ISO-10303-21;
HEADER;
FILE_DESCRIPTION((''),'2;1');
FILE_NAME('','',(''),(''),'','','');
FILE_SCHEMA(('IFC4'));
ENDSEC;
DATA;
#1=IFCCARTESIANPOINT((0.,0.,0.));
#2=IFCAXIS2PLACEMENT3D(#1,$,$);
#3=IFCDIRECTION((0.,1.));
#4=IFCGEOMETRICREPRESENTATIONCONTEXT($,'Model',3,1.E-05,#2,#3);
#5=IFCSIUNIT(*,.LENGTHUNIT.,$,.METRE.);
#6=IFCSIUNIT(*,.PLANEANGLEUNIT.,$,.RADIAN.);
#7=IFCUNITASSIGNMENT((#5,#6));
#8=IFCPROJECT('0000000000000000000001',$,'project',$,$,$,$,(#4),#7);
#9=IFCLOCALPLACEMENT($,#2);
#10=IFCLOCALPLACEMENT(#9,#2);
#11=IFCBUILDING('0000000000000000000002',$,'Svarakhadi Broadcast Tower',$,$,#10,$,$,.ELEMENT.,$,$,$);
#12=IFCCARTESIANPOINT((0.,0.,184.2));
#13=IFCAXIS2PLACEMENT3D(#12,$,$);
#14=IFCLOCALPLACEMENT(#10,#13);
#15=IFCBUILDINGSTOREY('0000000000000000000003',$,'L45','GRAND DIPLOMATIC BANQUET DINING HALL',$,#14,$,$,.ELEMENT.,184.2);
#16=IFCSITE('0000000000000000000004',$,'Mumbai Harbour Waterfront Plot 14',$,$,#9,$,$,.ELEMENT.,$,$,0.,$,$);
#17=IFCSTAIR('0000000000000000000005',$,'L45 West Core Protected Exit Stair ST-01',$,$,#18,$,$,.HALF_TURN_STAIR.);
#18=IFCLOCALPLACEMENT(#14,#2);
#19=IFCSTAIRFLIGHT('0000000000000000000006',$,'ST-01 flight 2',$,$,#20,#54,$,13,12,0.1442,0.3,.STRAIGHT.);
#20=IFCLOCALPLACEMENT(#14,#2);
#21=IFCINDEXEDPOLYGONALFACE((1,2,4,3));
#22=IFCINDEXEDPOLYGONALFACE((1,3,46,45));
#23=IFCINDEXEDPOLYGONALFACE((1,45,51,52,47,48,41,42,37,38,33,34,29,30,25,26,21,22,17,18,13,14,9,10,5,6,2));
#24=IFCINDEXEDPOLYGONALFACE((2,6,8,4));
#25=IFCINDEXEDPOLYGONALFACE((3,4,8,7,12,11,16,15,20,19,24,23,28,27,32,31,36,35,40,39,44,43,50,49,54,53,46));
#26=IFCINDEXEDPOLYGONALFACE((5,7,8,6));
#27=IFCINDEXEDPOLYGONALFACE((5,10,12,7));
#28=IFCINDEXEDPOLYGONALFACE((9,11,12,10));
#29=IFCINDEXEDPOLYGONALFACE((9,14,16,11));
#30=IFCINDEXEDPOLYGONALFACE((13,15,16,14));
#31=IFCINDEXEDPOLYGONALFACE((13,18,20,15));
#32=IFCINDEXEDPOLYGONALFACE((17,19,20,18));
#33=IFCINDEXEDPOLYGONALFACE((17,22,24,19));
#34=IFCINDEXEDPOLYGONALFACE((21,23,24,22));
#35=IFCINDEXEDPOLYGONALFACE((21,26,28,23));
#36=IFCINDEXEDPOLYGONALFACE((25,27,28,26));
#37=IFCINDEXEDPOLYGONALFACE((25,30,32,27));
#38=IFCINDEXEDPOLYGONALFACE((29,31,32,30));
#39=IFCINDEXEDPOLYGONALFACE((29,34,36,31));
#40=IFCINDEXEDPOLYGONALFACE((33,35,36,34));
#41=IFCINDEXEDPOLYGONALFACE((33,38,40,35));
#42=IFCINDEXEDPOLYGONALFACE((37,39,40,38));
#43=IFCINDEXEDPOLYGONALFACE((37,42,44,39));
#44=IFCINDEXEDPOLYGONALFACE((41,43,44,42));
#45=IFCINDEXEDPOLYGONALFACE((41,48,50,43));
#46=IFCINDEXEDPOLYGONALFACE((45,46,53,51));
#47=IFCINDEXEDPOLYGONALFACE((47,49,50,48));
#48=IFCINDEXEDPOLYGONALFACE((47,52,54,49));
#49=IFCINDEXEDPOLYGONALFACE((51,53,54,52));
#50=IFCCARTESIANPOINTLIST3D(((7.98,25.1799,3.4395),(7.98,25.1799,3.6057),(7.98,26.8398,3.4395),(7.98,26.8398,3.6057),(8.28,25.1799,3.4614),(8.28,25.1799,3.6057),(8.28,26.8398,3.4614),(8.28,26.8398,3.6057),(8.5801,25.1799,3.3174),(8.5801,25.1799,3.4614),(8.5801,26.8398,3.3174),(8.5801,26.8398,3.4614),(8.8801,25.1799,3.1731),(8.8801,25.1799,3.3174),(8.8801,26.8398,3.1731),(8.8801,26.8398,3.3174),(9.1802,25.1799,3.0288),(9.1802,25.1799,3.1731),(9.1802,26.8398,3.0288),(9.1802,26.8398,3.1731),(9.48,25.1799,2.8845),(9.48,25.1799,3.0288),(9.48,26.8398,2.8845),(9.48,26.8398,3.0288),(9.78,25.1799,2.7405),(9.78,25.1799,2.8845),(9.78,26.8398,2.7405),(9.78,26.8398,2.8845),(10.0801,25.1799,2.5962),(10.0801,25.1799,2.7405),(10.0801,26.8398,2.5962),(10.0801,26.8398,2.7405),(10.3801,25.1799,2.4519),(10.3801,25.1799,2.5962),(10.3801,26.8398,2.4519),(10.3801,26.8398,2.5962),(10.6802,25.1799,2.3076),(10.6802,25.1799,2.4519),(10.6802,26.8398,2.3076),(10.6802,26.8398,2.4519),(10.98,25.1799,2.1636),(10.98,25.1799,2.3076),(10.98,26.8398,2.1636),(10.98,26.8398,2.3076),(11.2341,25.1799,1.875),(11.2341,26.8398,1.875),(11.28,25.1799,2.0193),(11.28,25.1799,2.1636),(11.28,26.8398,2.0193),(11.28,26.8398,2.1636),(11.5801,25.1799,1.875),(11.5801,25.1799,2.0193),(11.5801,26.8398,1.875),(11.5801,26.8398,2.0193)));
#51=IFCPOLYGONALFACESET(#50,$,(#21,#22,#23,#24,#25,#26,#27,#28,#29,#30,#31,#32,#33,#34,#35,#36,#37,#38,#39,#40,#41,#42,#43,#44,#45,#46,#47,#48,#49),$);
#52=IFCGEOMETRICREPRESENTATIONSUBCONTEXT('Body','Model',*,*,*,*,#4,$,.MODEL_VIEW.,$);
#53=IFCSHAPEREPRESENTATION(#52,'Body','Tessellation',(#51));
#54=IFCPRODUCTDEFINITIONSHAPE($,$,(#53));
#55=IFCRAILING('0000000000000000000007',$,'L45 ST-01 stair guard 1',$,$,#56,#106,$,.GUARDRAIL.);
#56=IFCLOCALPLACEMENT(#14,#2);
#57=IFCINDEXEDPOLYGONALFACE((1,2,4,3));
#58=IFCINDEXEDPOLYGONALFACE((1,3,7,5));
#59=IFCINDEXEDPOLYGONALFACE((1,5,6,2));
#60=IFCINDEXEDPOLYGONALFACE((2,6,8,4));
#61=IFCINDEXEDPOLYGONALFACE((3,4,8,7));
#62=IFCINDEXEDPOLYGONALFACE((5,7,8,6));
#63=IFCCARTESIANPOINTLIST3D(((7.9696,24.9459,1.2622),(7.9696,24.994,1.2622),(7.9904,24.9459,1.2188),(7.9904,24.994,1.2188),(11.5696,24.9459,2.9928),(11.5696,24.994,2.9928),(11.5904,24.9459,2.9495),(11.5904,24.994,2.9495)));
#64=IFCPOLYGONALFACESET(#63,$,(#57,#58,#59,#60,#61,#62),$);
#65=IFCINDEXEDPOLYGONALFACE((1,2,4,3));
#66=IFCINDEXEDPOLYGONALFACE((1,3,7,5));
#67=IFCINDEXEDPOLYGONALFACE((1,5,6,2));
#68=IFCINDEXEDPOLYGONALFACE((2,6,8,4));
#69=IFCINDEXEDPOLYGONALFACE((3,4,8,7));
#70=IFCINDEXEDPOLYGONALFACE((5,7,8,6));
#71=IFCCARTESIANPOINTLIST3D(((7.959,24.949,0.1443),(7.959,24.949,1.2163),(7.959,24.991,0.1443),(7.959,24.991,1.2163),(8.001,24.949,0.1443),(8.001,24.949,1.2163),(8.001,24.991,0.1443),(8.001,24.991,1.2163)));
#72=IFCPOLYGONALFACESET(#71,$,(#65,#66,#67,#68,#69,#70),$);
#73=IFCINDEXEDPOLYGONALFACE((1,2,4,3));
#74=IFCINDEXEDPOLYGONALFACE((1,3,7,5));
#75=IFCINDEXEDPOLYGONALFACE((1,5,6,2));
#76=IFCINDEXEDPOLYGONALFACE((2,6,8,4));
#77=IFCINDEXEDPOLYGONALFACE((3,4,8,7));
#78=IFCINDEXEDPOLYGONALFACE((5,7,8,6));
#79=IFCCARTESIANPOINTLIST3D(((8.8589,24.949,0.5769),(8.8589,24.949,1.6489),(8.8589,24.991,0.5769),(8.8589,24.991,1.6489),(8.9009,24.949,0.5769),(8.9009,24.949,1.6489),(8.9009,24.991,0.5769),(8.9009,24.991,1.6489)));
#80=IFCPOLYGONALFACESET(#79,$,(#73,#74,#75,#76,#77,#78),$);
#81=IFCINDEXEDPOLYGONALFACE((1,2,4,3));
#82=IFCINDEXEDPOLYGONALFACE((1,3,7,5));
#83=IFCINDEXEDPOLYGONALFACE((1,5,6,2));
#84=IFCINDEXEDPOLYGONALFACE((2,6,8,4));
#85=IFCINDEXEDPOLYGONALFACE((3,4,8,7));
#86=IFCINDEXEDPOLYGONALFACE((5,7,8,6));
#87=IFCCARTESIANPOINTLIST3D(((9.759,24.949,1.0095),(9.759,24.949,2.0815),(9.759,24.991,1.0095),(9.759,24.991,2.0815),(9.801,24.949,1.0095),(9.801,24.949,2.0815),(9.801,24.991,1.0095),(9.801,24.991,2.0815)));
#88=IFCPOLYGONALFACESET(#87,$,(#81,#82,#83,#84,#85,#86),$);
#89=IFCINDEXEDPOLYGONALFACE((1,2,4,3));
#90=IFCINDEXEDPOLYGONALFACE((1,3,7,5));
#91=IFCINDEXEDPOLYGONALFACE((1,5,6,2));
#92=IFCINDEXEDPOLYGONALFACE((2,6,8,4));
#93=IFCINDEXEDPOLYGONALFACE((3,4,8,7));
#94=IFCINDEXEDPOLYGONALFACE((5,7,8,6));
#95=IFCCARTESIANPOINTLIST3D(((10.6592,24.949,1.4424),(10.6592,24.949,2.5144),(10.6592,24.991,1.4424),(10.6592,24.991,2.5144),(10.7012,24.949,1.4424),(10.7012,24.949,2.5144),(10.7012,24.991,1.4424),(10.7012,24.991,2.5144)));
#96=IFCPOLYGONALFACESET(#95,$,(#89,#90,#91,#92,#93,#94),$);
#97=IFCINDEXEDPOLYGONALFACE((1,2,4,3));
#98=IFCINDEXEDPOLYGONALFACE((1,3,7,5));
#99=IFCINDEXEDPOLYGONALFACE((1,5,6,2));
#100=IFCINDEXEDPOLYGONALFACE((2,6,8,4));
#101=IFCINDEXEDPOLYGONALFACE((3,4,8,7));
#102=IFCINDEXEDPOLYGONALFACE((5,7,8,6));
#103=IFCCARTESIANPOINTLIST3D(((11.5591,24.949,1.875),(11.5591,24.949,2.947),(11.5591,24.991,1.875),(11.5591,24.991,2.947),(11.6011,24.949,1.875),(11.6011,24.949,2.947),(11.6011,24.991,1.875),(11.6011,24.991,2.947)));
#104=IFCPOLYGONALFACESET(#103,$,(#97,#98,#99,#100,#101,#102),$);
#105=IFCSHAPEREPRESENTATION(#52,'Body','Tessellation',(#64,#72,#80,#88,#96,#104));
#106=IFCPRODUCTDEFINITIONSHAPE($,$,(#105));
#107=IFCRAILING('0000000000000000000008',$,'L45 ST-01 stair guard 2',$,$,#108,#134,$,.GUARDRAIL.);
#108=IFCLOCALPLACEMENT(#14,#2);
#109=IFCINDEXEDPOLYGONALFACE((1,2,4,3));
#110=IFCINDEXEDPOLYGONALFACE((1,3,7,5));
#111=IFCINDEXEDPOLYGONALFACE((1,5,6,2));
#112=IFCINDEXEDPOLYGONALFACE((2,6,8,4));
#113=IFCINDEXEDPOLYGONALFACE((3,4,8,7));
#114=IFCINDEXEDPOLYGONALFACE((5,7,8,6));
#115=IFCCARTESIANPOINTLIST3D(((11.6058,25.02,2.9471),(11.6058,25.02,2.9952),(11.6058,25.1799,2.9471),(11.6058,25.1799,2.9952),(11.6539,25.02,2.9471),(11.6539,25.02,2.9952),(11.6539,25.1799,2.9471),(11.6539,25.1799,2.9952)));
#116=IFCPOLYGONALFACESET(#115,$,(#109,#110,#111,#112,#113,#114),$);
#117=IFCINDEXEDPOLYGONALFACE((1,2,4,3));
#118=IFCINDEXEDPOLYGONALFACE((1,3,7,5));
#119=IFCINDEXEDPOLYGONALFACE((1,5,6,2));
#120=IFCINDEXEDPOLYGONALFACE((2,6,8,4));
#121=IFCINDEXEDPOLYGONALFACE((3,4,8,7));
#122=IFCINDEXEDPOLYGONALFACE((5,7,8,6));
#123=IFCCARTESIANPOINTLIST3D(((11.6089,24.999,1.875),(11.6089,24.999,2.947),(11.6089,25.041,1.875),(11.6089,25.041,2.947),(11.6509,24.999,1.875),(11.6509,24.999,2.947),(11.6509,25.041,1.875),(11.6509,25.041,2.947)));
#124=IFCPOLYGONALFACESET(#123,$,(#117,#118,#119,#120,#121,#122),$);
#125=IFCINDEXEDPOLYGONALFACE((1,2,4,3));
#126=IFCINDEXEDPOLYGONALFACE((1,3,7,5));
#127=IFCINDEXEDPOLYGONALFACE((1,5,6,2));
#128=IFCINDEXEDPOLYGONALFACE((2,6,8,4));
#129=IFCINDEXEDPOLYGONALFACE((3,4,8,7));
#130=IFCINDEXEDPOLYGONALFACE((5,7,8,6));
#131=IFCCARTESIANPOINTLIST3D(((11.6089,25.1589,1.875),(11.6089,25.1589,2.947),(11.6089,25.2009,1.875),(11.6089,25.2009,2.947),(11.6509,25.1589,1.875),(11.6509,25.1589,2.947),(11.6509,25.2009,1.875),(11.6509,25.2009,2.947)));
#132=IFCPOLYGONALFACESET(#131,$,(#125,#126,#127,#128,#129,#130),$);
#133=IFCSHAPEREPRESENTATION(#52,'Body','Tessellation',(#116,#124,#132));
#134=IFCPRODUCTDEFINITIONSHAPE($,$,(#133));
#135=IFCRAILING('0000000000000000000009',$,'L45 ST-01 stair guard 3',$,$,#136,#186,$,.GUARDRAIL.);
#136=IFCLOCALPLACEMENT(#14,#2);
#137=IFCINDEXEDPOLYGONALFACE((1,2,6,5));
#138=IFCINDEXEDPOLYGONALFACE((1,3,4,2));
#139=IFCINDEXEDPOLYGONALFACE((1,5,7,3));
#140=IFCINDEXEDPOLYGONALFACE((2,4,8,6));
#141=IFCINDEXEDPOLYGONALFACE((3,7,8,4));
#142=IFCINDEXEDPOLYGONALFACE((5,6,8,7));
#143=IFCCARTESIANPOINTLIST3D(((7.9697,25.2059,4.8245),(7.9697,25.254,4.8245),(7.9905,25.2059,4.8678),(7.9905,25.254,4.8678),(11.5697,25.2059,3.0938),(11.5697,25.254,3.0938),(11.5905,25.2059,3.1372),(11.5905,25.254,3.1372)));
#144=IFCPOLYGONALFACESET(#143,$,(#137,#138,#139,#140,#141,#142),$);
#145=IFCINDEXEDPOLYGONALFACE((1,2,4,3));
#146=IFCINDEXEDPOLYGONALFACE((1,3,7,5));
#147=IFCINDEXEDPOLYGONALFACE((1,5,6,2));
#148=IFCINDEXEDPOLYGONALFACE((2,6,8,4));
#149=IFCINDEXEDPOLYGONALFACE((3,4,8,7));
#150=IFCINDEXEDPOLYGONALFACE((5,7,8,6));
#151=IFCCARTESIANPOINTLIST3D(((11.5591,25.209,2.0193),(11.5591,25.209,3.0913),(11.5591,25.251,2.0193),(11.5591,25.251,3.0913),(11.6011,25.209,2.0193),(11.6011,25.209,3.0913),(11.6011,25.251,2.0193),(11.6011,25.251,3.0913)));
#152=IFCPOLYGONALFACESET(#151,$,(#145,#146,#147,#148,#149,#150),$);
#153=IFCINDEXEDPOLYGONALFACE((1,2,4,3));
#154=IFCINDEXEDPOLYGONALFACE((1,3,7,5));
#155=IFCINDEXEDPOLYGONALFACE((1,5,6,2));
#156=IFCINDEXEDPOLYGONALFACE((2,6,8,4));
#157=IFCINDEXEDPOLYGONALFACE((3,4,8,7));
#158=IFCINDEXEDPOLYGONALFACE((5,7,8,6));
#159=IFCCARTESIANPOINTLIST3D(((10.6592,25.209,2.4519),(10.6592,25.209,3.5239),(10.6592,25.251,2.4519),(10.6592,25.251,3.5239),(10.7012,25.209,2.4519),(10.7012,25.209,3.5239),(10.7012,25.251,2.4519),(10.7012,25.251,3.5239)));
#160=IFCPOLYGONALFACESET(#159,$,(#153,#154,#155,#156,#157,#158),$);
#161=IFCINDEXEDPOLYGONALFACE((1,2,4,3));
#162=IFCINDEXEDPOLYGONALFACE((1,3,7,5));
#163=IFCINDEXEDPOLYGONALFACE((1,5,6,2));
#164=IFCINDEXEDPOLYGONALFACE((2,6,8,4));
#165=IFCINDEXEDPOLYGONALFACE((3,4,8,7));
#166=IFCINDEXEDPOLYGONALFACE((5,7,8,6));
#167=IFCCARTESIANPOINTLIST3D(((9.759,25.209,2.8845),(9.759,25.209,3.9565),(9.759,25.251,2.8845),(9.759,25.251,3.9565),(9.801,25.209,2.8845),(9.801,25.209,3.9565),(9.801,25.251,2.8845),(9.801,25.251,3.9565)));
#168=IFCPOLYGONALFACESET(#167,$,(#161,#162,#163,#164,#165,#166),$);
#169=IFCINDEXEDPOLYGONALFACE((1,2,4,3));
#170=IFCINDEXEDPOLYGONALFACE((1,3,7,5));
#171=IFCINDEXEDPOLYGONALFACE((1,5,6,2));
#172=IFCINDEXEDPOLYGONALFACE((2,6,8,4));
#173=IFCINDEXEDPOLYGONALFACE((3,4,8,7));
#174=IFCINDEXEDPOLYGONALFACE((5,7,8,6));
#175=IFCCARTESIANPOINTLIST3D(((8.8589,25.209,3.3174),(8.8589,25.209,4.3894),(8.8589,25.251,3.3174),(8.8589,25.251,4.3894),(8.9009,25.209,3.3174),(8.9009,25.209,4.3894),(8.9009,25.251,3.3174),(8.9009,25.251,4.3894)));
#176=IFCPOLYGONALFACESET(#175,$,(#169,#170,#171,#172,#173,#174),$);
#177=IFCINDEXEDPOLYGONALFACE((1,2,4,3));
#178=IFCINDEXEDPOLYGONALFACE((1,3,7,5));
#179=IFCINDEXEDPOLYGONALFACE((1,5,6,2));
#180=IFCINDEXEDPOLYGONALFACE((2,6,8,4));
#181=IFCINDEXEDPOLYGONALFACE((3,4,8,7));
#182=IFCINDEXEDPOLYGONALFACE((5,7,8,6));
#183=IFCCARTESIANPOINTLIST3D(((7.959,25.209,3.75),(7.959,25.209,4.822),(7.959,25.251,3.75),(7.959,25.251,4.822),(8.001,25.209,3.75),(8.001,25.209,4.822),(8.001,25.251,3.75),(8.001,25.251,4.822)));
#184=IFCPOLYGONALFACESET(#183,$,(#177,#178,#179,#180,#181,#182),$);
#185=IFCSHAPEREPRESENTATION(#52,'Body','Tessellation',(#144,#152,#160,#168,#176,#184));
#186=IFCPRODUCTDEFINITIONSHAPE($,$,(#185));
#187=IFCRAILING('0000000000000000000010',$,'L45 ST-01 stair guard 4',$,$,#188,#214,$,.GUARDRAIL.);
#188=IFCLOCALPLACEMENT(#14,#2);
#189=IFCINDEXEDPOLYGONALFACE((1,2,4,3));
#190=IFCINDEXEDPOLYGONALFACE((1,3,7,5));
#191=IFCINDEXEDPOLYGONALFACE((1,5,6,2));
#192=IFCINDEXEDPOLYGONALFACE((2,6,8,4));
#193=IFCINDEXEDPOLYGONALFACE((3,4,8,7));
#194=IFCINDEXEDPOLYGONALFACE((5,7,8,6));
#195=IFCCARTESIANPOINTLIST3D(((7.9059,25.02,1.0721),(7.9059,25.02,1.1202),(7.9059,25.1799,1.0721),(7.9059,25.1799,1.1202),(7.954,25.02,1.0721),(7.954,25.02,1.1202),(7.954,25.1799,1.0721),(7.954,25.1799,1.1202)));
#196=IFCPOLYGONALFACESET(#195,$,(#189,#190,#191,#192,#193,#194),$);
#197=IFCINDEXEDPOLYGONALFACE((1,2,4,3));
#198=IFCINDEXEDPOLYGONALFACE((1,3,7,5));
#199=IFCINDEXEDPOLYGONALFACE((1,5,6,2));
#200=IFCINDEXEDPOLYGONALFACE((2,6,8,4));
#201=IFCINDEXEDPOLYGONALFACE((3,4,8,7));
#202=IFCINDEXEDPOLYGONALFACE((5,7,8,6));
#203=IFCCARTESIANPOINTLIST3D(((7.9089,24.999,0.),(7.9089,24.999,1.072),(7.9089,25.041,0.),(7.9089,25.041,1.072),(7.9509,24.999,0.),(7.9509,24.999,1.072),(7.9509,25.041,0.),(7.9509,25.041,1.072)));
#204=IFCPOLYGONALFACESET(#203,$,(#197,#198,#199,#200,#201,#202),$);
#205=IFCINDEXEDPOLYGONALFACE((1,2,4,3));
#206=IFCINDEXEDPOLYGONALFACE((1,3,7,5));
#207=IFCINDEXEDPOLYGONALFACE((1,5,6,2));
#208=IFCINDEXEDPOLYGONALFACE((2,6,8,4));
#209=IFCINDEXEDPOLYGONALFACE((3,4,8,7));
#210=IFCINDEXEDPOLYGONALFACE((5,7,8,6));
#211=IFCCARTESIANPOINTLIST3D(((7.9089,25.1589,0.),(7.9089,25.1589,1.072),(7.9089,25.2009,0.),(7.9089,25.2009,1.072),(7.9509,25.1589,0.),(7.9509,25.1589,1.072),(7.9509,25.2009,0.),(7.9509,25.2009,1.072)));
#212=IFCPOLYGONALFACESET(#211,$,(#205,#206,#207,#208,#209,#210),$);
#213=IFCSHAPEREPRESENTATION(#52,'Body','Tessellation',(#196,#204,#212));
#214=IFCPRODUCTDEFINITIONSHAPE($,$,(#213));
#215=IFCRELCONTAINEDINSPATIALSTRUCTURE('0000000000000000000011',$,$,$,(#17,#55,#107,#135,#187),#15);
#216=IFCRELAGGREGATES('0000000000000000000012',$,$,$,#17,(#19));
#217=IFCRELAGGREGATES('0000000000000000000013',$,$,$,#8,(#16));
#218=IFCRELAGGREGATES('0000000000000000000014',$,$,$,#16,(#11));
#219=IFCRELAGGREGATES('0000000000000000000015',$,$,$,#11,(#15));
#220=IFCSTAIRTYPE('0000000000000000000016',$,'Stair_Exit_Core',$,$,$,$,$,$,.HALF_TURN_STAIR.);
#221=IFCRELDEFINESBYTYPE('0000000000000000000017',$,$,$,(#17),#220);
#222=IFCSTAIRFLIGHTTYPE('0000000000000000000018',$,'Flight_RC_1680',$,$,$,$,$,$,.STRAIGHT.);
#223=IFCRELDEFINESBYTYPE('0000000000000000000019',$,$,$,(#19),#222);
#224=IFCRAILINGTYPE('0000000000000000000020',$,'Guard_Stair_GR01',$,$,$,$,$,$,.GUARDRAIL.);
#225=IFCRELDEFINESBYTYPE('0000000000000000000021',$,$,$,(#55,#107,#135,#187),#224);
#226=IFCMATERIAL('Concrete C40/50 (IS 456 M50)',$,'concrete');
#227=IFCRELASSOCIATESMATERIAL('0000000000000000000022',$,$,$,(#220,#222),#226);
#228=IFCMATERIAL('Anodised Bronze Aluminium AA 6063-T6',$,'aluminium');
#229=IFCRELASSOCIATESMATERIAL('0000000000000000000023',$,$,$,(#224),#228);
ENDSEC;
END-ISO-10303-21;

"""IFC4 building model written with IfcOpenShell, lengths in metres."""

from ifc_helpers import new_model, si_unit, direction, frame, origin, origin_2d, place, context, subcontext, project, spatial, polyline, rectangle, outline, extrude, material, type_object, element, aggregate, save


model = new_model("IFC4")

# Units and contexts
model_context = context("Model", 3, precision=1e-05, world=origin(), true_north=direction((0.0, 1.0)))
body_context = subcontext(model_context, "Body", "Model", "MODEL_VIEW")
ifc_project = project(units=[si_unit("LENGTHUNIT", "METRE"), si_unit("PLANEANGLEUNIT", "RADIAN")], contexts=[model_context])

# Site, building, storey
site_placement = place(None, origin())
site = spatial("IfcSite", under=ifc_project, at=site_placement, Name="Mumbai Harbour Waterfront Plot 14", CompositionType="ELEMENT", RefElevation=0.0)
building_placement = place(site_placement, origin())
building = spatial("IfcBuilding", under=site, at=building_placement, Name="Svarakhadi Broadcast Tower", CompositionType="ELEMENT")
storey_placement = place(building_placement, frame((0.0, 0.0, 184.2)))
storey = spatial("IfcBuildingStorey", under=building, at=storey_placement, Name="L45", Description="GRAND DIPLOMATIC BANQUET DINING HALL", CompositionType="ELEMENT", Elevation=184.2)

# Shared definitions
ifc_material_1 = material(Name="Concrete C40/50 (IS 456 M50)", Category="concrete")

# Stair, stair flight
stair_type = type_object("IfcStairType", Name="Stair_Exit_Core", PredefinedType="HALF_TURN_STAIR", material=ifc_material_1)
stair_placement = place(storey_placement, origin())
stair = element("IfcStair", 1, at=stair_placement, inside=storey, type_object=stair_type, Name="L45 West Core Protected Exit Stair ST-01", PredefinedType="HALF_TURN_STAIR")
stair_flight_type = type_object("IfcStairFlightType", Name="Flight_RC_1680", PredefinedType="STRAIGHT", material=ifc_material_1)
stair_flight_1_placement = place(storey_placement, frame((11.5801, 26.01, 1.875), z_axis=(0.0, 0.0, 1.0), x_axis=(-1.0, 0.0, 0.0)))
stair_flight_1 = element("IfcStairFlight", 2, at=stair_flight_1_placement, type_object=stair_flight_type, Name="ST-01 flight 2", NumberOfRisers=13, NumberOfTreads=12, PredefinedType="STRAIGHT", RiserHeight=0.1442, TreadLength=0.3, context=body_context, shape_type="SweptSolid", body=[
    extrude(outline(polyline([(0.0, 0.0), (0.0, 0.1443), (0.3, 0.1443), (0.3, 0.2886), (0.6001, 0.2886), (0.6001, 0.4326), (0.8999, 0.4326), (0.8999, 0.5769), (1.2, 0.5769), (1.2, 0.7212), (1.5, 0.7212), (1.5, 0.8655), (1.8, 0.8655), (1.8, 1.0095), (2.1001, 1.0095), (2.1001, 1.1538), (2.3999, 1.1538), (2.3999, 1.2981), (2.7, 1.2981), (2.7, 1.4424), (3.0, 1.4424), (3.0, 1.5864), (3.3, 1.5864), (3.3, 1.7307), (3.6001, 1.7307), (3.6001, 1.875), (3.6001, 1.5645), (0.3459, 0.0), (0.0, 0.0)])), frame((0.0, 0.8301, 0.0), z_axis=(0.0, -1.0, 0.0), x_axis=(1.0, 0.0, 0.0)), (0.0, 0.0, 1.0), 1.6599),
])
aggregate(stair, [stair_flight_1])

# Railings
ifc_material_2 = material(Name="Anodised Bronze Aluminium AA 6063-T6", Category="aluminium")
railing_type_1 = type_object("IfcRailingType", Name="Guard_Stair_GR01", PredefinedType="GUARDRAIL", material=ifc_material_2)
railing_1_placement = place(storey_placement, frame((7.98, 24.97, 0.1443)))
element("IfcRailing", 3, at=railing_1_placement, inside=storey, type_object=railing_type_1, Name="L45 ST-01 stair guard 1", PredefinedType="GUARDRAIL", context=body_context, shape_type="SweptSolid", body=[
    extrude(rectangle(XDim=0.0481, YDim=0.0481, at=origin_2d()), frame((0.0, 0.0, 1.0962), z_axis=(0.901263, 0.0, 0.433273), x_axis=(0.0, 1.0, 0.0)), (0.0, 0.0, 1.0), 3.9944),
    extrude(rectangle(XDim=0.042, YDim=0.042, at=origin_2d()), origin(), (0.0, 0.0, 1.0), 1.072),
    extrude(rectangle(XDim=0.042, YDim=0.042, at=origin_2d()), frame((0.8999, 0.0, 0.4326)), (0.0, 0.0, 1.0), 1.072),
    extrude(rectangle(XDim=0.042, YDim=0.042, at=origin_2d()), frame((1.8, 0.0, 0.8652)), (0.0, 0.0, 1.0), 1.072),
    extrude(rectangle(XDim=0.042, YDim=0.042, at=origin_2d()), frame((2.7002, 0.0, 1.2981)), (0.0, 0.0, 1.0), 1.072),
    extrude(rectangle(XDim=0.042, YDim=0.042, at=origin_2d()), frame((3.6001, 0.0, 1.7307)), (0.0, 0.0, 1.0), 1.072),
])
railing_2_placement = place(storey_placement, frame((11.6299, 25.02, 1.875)))
element("IfcRailing", 4, at=railing_2_placement, inside=storey, type_object=railing_type_1, Name="L45 ST-01 stair guard 2", PredefinedType="GUARDRAIL", context=body_context, shape_type="SweptSolid", body=[
    extrude(rectangle(XDim=0.0481, YDim=0.0481, at=origin_2d()), frame((0.0, 0.0, 1.0962), z_axis=(0.0, 1.0, 0.0), x_axis=(-1.0, 0.0, 0.0)), (0.0, 0.0, 1.0), 0.1599),
    extrude(rectangle(XDim=0.042, YDim=0.042, at=origin_2d()), origin(), (0.0, 0.0, 1.0), 1.072),
    extrude(rectangle(XDim=0.042, YDim=0.042, at=origin_2d()), frame((0.0, 0.1599, 0.0)), (0.0, 0.0, 1.0), 1.072),
])
railing_3_placement = place(storey_placement, frame((11.5801, 25.23, 2.0193)))
element("IfcRailing", 5, at=railing_3_placement, inside=storey, type_object=railing_type_1, Name="L45 ST-01 stair guard 3", PredefinedType="GUARDRAIL", context=body_context, shape_type="SweptSolid", body=[
    extrude(rectangle(XDim=0.0481, YDim=0.0481, at=origin_2d()), frame((0.0, 0.0, 1.0962), z_axis=(-0.901263, 0.0, 0.433273), x_axis=(0.0, -1.0, 0.0)), (0.0, 0.0, 1.0), 3.9944),
    extrude(rectangle(XDim=0.042, YDim=0.042, at=origin_2d()), origin(), (0.0, 0.0, 1.0), 1.072),
    extrude(rectangle(XDim=0.042, YDim=0.042, at=origin_2d()), frame((-0.8999, 0.0, 0.4326)), (0.0, 0.0, 1.0), 1.072),
    extrude(rectangle(XDim=0.042, YDim=0.042, at=origin_2d()), frame((-1.8, 0.0, 0.8652)), (0.0, 0.0, 1.0), 1.072),
    extrude(rectangle(XDim=0.042, YDim=0.042, at=origin_2d()), frame((-2.7002, 0.0, 1.2981)), (0.0, 0.0, 1.0), 1.072),
    extrude(rectangle(XDim=0.042, YDim=0.042, at=origin_2d()), frame((-3.6001, 0.0, 1.7307)), (0.0, 0.0, 1.0), 1.072),
])
railing_4_placement = place(storey_placement, frame((7.9299, 25.02, 0.0)))
element("IfcRailing", 6, at=railing_4_placement, inside=storey, type_object=railing_type_1, Name="L45 ST-01 stair guard 4", PredefinedType="GUARDRAIL", context=body_context, shape_type="SweptSolid", body=[
    extrude(rectangle(XDim=0.0481, YDim=0.0481, at=origin_2d()), frame((0.0, 0.0, 1.0962), z_axis=(0.0, 1.0, 0.0), x_axis=(-1.0, 0.0, 0.0)), (0.0, 0.0, 1.0), 0.1599),
    extrude(rectangle(XDim=0.042, YDim=0.042, at=origin_2d()), origin(), (0.0, 0.0, 1.0), 1.072),
    extrude(rectangle(XDim=0.042, YDim=0.042, at=origin_2d()), frame((0.0, 0.1599, 0.0)), (0.0, 0.0, 1.0), 1.072),
])

save(model, "model.ifc")
